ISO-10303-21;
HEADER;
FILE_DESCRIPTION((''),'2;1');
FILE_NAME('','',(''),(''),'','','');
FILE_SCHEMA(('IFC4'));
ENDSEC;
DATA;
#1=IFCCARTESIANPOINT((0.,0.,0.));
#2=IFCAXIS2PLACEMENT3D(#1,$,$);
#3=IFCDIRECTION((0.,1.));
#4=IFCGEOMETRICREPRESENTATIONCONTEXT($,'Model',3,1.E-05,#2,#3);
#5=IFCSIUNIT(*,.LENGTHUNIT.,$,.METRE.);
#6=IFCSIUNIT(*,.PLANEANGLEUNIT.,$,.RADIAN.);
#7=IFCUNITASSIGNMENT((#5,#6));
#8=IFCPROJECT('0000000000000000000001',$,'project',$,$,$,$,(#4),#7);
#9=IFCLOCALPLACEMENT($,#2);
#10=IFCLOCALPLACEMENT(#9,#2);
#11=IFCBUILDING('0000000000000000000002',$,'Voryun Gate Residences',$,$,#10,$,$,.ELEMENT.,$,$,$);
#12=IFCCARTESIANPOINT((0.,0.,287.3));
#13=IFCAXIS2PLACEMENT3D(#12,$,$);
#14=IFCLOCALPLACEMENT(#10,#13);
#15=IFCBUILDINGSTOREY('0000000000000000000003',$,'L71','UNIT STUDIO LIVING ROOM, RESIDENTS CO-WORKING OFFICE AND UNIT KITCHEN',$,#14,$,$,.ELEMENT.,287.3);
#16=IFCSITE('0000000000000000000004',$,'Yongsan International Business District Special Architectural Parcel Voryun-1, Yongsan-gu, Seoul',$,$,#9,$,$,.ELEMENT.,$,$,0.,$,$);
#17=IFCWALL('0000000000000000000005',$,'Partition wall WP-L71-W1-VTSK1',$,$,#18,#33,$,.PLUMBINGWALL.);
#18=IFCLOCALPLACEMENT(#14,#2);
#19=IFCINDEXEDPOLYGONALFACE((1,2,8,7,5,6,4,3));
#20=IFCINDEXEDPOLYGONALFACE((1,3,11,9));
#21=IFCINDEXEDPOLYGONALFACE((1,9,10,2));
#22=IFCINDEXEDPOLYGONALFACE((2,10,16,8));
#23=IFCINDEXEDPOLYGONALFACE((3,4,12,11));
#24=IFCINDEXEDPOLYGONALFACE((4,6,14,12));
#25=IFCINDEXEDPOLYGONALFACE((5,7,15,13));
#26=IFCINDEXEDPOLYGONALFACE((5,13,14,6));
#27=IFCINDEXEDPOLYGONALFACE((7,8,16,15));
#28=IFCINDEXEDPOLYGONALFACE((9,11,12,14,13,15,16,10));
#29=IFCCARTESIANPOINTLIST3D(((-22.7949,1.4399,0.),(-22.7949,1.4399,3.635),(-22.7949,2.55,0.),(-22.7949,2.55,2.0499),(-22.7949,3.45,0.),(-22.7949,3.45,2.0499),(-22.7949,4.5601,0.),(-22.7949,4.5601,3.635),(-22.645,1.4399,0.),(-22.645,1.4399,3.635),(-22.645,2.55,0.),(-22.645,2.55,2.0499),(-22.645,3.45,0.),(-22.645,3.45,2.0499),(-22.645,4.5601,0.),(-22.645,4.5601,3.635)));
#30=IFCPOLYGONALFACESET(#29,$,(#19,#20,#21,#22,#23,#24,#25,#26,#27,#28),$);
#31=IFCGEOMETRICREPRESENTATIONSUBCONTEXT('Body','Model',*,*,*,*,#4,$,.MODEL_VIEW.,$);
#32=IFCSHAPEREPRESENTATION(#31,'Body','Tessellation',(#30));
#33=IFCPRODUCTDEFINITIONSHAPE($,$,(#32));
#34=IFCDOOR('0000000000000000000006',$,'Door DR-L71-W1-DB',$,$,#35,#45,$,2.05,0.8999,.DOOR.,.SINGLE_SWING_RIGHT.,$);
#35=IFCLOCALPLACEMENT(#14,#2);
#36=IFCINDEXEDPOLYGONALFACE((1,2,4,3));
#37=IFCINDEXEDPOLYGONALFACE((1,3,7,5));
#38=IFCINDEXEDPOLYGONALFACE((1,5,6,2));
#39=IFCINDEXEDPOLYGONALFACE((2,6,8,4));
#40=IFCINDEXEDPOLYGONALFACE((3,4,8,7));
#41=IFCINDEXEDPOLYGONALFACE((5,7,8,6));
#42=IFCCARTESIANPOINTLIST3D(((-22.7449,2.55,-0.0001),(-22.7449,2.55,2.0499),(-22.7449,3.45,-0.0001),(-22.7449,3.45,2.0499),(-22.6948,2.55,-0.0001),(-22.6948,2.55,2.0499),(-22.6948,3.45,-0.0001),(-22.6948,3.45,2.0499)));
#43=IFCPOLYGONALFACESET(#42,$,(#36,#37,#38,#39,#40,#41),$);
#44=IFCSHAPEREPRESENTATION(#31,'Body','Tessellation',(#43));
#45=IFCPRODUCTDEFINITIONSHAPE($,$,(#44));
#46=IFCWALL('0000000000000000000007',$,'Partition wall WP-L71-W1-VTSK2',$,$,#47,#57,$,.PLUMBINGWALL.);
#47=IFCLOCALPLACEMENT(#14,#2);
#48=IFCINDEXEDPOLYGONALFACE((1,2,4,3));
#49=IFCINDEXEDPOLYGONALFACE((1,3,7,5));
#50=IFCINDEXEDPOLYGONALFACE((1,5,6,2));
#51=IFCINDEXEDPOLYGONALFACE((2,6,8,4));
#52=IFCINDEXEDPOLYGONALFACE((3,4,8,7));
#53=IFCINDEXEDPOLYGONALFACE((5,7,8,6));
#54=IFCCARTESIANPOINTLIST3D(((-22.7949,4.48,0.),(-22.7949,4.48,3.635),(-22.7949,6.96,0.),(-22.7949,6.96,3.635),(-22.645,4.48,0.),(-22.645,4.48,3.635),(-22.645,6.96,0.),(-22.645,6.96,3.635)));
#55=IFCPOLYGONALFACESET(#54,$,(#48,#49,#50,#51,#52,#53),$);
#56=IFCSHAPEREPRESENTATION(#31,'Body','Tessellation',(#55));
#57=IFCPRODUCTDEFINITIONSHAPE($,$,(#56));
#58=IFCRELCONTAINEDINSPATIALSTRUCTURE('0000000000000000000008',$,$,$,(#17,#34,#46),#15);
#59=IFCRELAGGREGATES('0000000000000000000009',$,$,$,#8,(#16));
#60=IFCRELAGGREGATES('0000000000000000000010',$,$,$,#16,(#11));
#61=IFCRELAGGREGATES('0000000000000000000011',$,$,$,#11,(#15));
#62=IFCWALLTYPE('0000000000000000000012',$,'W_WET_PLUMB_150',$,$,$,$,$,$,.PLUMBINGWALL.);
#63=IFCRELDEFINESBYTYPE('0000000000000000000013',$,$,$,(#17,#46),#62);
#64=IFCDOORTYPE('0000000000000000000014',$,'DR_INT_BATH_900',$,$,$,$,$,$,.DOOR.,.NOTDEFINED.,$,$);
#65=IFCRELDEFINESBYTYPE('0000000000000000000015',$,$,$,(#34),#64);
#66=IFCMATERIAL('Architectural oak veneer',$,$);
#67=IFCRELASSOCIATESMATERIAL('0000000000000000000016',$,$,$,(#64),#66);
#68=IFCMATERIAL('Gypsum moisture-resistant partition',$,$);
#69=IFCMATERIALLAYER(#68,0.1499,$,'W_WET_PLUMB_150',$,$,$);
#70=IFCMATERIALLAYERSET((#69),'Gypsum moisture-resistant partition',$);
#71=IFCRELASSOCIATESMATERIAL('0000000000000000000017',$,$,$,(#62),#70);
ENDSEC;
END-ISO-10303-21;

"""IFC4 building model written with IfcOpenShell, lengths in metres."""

from ifc_helpers import new_model, si_unit, direction, frame, frame_2d, origin, place, context, subcontext, project, spatial, rectangle, extrude, material, layer, layer_set, type_object, element, fill, save


model = new_model("IFC4")

# Units and contexts
model_context = context("Model", 3, precision=1e-05, world=origin(), true_north=direction((0.0, 1.0)))
body_context = subcontext(model_context, "Body", "Model", "MODEL_VIEW")
ifc_project = project(units=[si_unit("LENGTHUNIT", "METRE"), si_unit("PLANEANGLEUNIT", "RADIAN")], contexts=[model_context])

# Site, building, storey
site_placement = place(None, origin())
site = spatial("IfcSite", under=ifc_project, at=site_placement, Name="Yongsan International Business District Special Architectural Parcel Voryun-1, Yongsan-gu, Seoul", CompositionType="ELEMENT", RefElevation=0.0)
building_placement = place(site_placement, origin())
building = spatial("IfcBuilding", under=site, at=building_placement, Name="Voryun Gate Residences", CompositionType="ELEMENT")
storey_placement = place(building_placement, frame((0.0, 0.0, 287.3)))
storey = spatial("IfcBuildingStorey", under=building, at=storey_placement, Name="L71", Description="UNIT STUDIO LIVING ROOM, RESIDENTS CO-WORKING OFFICE AND UNIT KITCHEN", CompositionType="ELEMENT", Elevation=287.3)

# Shared definitions
ifc_material_1 = material(Name="Architectural oak veneer")
door_type_1 = type_object("IfcDoorType", Name="DR_INT_BATH_900", OperationType="NOTDEFINED", PredefinedType="DOOR", material=ifc_material_1)
ifc_material_2 = material(Name="Gypsum moisture-resistant partition")
ifc_layer_1 = layer(ifc_material_2, 0.1499, Name="W_WET_PLUMB_150")
ifc_layer_set_1 = layer_set([ifc_layer_1], Name="Gypsum moisture-resistant partition")
wall_type_1 = type_object("IfcWallType", Name="W_WET_PLUMB_150", PredefinedType="PLUMBINGWALL", material=ifc_layer_set_1)

# Wall, opening, door
wall_1_placement = place(storey_placement, frame((-22.72, 1.4399, 0.0), z_axis=(0.0, 0.0, 1.0), x_axis=(0.0, 1.0, 0.0)))
wall_1 = element("IfcWall", 1, at=wall_1_placement, inside=storey, type_object=wall_type_1, Name="Partition wall WP-L71-W1-VTSK1", PredefinedType="PLUMBINGWALL", context=body_context, shape_type="SweptSolid", body=[
    extrude(rectangle(XDim=3.1201, YDim=0.1499, at=frame_2d((1.5601, 0.0))), origin(), (0.0, 0.0, 1.0), 3.635),
])
opening_1_placement = place(wall_1_placement, frame((1.1101, 0.0, 0.0)))
opening_1 = element("IfcOpeningElement", 2, at=opening_1_placement, cuts=wall_1, PredefinedType="OPENING", context=body_context, shape_type="SweptSolid", body=[
    extrude(rectangle(XDim=0.8999, YDim=2.05, at=frame_2d((0.45, 1.0249))), frame((0.0, 0.085, 0.0), z_axis=(0.0, -1.0, 0.0), x_axis=(1.0, 0.0, 0.0)), (0.0, 0.0, 1.0), 0.1699),
])
door_1_placement = place(opening_1_placement, origin())
door_1 = element("IfcDoor", 3, at=door_1_placement, inside=storey, type_object=door_type_1, Name="Door DR-L71-W1-DB", OperationType="SINGLE_SWING_RIGHT", OverallHeight=2.05, OverallWidth=0.8999, PredefinedType="DOOR", context=body_context, shape_type="SweptSolid", body=[
    extrude(rectangle(XDim=0.8999, YDim=2.05, at=frame_2d((0.45, 1.0249))), frame((0.0, 0.0249, 0.0), z_axis=(0.0, -1.0, 0.0), x_axis=(1.0, 0.0, 0.0)), (0.0, 0.0, 1.0), 0.05),
])
fill(opening_1, door_1)

# Wall
wall_2_placement = place(storey_placement, frame((-22.72, 4.48, 0.0), z_axis=(0.0, 0.0, 1.0), x_axis=(0.0, 1.0, 0.0)))
element("IfcWall", 4, at=wall_2_placement, inside=storey, type_object=wall_type_1, Name="Partition wall WP-L71-W1-VTSK2", PredefinedType="PLUMBINGWALL", context=body_context, shape_type="SweptSolid", body=[
    extrude(rectangle(XDim=2.48, YDim=0.1499, at=frame_2d((1.24, 0.0))), origin(), (0.0, 0.0, 1.0), 3.635),
])

save(model, "model.ifc")
